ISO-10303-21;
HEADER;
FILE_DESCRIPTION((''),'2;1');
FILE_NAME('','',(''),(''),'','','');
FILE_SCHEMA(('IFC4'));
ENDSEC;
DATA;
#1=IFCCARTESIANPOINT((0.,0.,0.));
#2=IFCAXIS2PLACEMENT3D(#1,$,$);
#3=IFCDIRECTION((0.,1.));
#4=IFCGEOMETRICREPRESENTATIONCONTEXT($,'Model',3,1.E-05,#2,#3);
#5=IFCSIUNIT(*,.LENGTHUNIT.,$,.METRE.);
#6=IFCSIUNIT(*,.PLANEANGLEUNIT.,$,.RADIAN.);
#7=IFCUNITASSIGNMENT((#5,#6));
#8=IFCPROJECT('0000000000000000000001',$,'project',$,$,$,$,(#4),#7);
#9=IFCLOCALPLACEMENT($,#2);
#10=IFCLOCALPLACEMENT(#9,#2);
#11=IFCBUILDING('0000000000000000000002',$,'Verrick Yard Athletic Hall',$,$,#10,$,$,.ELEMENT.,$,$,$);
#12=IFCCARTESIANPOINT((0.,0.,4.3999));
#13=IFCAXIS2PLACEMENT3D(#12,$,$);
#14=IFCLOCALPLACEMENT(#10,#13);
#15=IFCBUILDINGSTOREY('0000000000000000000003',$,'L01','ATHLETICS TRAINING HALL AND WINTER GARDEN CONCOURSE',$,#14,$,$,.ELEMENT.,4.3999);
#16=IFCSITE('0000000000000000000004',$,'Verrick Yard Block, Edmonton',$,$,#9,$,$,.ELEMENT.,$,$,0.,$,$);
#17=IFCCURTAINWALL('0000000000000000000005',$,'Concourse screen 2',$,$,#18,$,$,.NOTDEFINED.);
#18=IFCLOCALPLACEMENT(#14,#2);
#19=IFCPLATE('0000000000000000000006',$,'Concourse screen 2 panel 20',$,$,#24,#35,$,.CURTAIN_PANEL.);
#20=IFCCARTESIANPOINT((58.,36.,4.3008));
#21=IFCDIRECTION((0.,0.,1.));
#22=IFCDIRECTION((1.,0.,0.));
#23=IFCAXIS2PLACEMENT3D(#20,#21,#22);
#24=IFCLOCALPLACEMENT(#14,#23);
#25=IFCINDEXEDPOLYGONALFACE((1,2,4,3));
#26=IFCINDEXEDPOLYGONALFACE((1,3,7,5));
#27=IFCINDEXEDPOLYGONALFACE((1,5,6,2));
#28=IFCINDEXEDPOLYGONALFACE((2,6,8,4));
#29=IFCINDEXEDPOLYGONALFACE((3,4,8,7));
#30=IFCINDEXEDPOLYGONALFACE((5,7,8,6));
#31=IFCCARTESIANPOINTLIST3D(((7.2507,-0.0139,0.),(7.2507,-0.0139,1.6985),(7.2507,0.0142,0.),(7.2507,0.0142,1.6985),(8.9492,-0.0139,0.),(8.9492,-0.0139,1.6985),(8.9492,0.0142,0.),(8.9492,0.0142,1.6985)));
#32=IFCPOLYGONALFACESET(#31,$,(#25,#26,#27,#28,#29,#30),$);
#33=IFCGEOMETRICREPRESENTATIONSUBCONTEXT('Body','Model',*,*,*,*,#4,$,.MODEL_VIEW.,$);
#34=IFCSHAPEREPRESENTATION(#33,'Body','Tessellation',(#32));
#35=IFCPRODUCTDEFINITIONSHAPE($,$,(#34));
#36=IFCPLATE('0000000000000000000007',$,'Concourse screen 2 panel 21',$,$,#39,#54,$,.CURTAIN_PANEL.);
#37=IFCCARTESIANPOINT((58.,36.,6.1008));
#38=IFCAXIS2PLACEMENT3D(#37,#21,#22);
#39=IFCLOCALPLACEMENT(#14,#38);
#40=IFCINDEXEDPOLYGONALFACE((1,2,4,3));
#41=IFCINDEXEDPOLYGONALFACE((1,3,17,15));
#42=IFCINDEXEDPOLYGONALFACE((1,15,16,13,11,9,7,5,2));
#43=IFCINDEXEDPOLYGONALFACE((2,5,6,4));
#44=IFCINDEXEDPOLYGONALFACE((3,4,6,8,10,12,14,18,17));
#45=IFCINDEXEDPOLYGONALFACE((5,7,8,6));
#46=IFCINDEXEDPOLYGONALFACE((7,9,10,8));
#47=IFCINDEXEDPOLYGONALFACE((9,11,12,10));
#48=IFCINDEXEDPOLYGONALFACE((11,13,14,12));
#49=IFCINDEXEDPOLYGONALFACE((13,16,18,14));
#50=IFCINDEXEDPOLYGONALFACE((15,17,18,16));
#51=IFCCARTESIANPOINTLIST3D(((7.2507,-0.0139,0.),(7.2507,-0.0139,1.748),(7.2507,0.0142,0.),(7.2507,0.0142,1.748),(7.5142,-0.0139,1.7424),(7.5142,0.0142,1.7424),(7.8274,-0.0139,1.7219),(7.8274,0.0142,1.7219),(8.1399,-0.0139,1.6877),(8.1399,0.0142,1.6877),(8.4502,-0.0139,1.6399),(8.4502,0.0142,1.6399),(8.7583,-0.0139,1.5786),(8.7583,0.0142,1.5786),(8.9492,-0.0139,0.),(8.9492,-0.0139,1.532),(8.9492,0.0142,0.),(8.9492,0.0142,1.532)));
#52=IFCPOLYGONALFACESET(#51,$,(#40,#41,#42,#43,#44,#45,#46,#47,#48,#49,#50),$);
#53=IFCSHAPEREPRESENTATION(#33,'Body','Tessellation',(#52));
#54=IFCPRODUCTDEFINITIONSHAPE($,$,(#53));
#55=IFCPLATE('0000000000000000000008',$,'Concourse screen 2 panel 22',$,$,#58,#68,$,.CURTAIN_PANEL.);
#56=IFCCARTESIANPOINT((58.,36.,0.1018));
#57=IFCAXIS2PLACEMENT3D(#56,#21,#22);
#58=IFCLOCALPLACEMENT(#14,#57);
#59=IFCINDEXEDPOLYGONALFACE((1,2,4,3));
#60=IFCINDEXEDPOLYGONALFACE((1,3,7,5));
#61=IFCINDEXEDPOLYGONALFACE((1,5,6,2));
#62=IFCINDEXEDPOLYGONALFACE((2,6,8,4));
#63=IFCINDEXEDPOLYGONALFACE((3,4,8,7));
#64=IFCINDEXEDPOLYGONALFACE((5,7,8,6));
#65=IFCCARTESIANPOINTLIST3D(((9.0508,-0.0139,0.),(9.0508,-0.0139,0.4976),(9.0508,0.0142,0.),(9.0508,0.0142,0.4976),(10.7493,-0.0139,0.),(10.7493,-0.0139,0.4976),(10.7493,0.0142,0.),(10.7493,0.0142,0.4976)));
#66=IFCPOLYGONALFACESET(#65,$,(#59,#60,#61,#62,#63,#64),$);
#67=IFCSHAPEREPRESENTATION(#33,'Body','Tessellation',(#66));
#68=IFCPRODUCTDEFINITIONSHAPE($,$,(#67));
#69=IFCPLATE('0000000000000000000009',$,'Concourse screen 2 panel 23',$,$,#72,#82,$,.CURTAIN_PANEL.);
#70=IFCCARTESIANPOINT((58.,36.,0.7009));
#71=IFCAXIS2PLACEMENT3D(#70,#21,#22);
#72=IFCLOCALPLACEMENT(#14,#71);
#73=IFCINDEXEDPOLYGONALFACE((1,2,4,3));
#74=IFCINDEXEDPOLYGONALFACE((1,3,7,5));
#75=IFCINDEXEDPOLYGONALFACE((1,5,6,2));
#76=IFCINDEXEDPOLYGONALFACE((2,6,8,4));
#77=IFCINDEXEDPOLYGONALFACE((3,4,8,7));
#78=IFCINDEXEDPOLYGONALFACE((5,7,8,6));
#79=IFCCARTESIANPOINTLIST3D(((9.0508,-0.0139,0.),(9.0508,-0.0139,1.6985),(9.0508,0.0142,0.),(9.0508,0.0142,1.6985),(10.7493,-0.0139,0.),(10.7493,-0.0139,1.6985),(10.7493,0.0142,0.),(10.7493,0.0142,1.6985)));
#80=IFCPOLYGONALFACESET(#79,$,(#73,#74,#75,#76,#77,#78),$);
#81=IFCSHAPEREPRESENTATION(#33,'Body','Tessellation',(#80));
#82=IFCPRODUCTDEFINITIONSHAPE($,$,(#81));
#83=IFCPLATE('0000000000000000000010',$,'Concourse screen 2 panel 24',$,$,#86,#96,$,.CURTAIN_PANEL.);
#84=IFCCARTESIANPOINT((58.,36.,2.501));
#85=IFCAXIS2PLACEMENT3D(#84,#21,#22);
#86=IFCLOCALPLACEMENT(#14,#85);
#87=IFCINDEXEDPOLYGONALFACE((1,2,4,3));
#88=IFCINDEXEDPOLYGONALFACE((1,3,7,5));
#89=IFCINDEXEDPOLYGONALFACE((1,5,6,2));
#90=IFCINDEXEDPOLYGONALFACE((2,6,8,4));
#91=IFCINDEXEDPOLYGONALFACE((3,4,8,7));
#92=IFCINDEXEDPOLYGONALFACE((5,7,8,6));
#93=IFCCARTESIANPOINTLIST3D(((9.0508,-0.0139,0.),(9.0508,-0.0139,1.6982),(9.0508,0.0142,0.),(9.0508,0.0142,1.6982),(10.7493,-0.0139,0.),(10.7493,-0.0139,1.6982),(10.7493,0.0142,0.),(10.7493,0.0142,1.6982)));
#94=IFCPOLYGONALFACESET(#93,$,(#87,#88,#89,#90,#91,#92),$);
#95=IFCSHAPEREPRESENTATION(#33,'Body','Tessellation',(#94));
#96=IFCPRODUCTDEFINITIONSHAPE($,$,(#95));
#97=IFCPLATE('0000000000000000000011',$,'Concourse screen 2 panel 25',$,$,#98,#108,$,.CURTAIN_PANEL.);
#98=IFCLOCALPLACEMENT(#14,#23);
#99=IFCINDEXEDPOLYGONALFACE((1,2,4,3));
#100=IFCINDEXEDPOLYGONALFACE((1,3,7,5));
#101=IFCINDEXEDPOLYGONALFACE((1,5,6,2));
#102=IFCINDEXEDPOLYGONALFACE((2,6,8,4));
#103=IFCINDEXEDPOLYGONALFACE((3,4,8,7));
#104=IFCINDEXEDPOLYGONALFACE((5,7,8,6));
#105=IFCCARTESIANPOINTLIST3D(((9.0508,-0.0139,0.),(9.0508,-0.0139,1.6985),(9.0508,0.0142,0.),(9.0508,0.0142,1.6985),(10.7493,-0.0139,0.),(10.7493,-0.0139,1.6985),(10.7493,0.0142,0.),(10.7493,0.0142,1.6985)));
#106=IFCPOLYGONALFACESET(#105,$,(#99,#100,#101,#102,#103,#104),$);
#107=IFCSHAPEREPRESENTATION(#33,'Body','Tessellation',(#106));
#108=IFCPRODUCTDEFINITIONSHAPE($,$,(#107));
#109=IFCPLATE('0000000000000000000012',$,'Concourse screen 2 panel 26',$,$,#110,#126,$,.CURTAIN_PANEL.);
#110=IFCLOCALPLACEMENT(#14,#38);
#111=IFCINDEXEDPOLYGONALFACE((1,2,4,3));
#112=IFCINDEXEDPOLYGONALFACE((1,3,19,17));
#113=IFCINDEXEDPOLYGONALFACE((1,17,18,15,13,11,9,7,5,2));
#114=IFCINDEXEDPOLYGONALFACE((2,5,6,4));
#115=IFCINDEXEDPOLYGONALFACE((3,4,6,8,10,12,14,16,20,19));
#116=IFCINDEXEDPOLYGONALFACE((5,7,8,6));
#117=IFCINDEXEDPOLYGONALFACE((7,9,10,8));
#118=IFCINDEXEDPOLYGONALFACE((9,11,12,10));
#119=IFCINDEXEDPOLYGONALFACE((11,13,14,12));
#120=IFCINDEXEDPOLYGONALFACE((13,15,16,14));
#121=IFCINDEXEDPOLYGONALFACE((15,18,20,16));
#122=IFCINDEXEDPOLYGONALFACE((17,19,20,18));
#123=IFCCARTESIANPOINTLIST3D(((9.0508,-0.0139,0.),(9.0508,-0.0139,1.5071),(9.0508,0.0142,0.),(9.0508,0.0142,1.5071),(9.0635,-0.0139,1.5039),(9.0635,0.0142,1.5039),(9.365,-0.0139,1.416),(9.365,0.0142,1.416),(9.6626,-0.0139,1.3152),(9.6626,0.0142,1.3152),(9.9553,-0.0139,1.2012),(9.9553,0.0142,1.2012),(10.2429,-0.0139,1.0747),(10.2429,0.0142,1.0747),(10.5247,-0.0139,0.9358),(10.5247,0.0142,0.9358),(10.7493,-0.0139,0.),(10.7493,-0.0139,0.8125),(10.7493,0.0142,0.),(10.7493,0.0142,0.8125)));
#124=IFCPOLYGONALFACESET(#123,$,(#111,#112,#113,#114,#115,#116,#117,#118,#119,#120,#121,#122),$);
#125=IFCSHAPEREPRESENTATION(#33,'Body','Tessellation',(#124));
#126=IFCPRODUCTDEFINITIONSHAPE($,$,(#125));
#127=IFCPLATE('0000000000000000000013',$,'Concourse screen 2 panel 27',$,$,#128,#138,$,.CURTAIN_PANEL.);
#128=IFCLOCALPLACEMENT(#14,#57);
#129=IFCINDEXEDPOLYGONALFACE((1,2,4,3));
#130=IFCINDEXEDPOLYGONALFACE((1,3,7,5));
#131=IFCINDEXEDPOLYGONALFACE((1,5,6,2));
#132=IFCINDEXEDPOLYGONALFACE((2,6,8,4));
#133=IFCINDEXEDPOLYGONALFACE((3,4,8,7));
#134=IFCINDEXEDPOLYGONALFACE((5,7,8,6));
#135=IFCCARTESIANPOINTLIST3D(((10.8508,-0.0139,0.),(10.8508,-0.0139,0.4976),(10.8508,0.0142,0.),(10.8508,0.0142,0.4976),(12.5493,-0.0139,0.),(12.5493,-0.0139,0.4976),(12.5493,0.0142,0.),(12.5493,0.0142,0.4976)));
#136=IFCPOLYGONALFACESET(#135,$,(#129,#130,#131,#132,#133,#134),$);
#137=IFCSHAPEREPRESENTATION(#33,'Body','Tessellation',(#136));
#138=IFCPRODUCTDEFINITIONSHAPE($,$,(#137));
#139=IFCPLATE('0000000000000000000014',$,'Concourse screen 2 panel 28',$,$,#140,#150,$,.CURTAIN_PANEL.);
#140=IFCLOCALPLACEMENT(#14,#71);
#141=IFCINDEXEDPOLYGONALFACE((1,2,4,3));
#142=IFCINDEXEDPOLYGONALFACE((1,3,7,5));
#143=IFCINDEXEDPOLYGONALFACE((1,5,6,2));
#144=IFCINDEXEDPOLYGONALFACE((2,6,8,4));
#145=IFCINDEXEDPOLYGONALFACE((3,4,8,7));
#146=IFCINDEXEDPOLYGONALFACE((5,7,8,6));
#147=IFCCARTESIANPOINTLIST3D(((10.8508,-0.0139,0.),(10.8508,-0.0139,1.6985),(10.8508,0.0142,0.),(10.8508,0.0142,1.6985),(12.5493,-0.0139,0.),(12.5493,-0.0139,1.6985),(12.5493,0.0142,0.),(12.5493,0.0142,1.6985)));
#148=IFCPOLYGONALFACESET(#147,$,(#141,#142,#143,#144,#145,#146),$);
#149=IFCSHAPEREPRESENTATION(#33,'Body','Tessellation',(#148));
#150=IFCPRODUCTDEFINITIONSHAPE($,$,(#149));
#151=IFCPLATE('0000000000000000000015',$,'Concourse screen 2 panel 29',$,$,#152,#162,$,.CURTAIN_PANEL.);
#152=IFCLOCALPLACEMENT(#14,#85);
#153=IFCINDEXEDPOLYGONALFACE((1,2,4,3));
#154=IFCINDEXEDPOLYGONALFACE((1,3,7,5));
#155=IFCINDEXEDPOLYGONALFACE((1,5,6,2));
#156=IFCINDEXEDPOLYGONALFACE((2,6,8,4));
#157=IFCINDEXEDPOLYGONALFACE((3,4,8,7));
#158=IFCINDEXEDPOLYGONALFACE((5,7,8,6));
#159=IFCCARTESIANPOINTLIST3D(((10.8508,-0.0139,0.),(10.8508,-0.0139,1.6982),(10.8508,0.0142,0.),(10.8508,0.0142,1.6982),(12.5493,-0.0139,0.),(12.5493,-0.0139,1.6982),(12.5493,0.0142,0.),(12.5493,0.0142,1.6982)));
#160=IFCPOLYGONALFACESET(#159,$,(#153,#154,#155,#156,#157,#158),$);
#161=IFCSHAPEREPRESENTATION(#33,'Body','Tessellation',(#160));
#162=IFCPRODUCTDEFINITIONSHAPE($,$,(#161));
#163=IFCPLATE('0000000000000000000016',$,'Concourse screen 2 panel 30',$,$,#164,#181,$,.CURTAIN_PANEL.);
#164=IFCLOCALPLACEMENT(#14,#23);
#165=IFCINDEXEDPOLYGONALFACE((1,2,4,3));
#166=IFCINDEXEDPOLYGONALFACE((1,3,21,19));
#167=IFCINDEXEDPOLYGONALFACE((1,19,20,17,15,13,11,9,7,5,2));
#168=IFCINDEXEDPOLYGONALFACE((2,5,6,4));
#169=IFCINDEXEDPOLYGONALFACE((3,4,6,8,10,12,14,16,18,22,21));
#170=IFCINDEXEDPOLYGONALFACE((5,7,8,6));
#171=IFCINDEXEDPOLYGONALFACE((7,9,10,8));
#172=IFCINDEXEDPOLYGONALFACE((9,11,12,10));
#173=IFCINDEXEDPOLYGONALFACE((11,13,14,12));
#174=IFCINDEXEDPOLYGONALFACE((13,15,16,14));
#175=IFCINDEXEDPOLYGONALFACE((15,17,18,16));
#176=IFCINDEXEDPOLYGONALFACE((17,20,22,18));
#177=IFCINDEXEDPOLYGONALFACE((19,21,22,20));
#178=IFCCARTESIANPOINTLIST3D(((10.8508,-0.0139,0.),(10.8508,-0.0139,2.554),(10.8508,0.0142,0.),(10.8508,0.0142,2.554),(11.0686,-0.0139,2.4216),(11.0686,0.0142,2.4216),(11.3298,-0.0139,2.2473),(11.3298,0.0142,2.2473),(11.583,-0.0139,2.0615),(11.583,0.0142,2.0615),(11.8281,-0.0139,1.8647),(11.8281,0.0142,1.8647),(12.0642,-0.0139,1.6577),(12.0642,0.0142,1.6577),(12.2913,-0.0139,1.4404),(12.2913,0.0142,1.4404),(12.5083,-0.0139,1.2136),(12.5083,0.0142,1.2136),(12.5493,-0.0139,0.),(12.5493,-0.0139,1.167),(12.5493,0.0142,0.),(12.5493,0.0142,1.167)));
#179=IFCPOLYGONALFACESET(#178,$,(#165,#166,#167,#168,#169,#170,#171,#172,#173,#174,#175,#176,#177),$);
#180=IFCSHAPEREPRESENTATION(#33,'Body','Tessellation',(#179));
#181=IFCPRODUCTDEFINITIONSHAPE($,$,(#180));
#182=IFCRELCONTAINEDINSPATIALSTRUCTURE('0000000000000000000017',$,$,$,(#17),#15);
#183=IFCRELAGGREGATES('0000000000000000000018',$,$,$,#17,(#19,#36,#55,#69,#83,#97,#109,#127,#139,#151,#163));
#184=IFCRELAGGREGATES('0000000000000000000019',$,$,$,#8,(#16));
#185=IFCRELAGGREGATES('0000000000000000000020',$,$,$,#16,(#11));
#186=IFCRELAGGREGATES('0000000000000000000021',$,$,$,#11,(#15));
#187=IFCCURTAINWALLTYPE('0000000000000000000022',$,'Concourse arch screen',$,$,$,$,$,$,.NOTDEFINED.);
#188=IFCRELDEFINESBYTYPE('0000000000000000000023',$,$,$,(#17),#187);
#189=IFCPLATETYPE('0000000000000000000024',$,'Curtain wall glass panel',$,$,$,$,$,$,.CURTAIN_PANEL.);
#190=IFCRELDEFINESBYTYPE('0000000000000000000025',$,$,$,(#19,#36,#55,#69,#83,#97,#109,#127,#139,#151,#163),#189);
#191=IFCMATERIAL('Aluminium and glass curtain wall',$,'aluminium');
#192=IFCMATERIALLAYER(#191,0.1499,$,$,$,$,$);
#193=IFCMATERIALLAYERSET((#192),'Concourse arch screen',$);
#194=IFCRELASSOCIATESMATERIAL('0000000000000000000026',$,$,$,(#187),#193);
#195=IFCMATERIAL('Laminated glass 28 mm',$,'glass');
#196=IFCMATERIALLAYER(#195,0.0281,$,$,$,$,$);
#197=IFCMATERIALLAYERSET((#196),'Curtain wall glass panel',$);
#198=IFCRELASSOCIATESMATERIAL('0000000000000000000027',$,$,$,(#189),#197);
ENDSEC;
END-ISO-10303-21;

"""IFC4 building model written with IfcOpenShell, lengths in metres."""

from ifc_helpers import new_model, si_unit, direction, frame, origin, place, context, subcontext, project, spatial, polyline, outline, extrude, material, layer, layer_set, type_object, element, aggregate, save


model = new_model("IFC4")

# Units and contexts
model_context = context("Model", 3, precision=1e-05, world=origin(), true_north=direction((0.0, 1.0)))
body_context = subcontext(model_context, "Body", "Model", "MODEL_VIEW")
ifc_project = project(units=[si_unit("LENGTHUNIT", "METRE"), si_unit("PLANEANGLEUNIT", "RADIAN")], contexts=[model_context])

# Site, building, storey
site_placement = place(None, origin())
site = spatial("IfcSite", under=ifc_project, at=site_placement, Name="Verrick Yard Block, Edmonton", CompositionType="ELEMENT", RefElevation=0.0)
building_placement = place(site_placement, origin())
building = spatial("IfcBuilding", under=site, at=building_placement, Name="Verrick Yard Athletic Hall", CompositionType="ELEMENT")
storey_placement = place(building_placement, frame((0.0, 0.0, 4.3999)))
storey = spatial("IfcBuildingStorey", under=building, at=storey_placement, Name="L01", Description="ATHLETICS TRAINING HALL AND WINTER GARDEN CONCOURSE", CompositionType="ELEMENT", Elevation=4.3999)

# Curtain wall, plates
ifc_material_1 = material(Name="Aluminium and glass curtain wall", Category="aluminium")
ifc_layer_1 = layer(ifc_material_1, 0.1499)
ifc_layer_set_1 = layer_set([ifc_layer_1], Name="Concourse arch screen")
curtain_wall_type = type_object("IfcCurtainWallType", Name="Concourse arch screen", PredefinedType="NOTDEFINED", material=ifc_layer_set_1)
curtain_wall_placement = place(storey_placement, origin())
curtain_wall = element("IfcCurtainWall", 1, at=curtain_wall_placement, inside=storey, type_object=curtain_wall_type, Name="Concourse screen 2", PredefinedType="NOTDEFINED")
ifc_material_2 = material(Name="Laminated glass 28 mm", Category="glass")
ifc_layer_2 = layer(ifc_material_2, 0.0281)
ifc_layer_set_2 = layer_set([ifc_layer_2], Name="Curtain wall glass panel")
plate_type = type_object("IfcPlateType", Name="Curtain wall glass panel", PredefinedType="CURTAIN_PANEL", material=ifc_layer_set_2)
plate_1_placement = place(storey_placement, frame((58.0, 36.0, 4.3008), z_axis=(0.0, 0.0, 1.0), x_axis=(1.0, 0.0, 0.0)))
plate_1 = element("IfcPlate", 2, at=plate_1_placement, type_object=plate_type, Name="Concourse screen 2 panel 20", PredefinedType="CURTAIN_PANEL", context=body_context, shape_type="SweptSolid", body=[
    extrude(outline(polyline([(8.9492, 0.0), (8.9492, 1.6985), (7.2507, 1.6985), (7.2507, 0.0), (8.9492, 0.0)])), frame((0.0, 0.0142, 0.0), z_axis=(0.0, -1.0, 0.0), x_axis=(1.0, 0.0, 0.0)), (0.0, 0.0, 1.0), 0.0281),
])
plate_2_placement = place(storey_placement, frame((58.0, 36.0, 6.1008), z_axis=(0.0, 0.0, 1.0), x_axis=(1.0, 0.0, 0.0)))
plate_2 = element("IfcPlate", 3, at=plate_2_placement, type_object=plate_type, Name="Concourse screen 2 panel 21", PredefinedType="CURTAIN_PANEL", context=body_context, shape_type="SweptSolid", body=[
    extrude(outline(polyline([(8.9492, 1.532), (8.7583, 1.5786), (8.4502, 1.6399), (8.1399, 1.6877), (7.8274, 1.7219), (7.5142, 1.7424), (7.2507, 1.748), (7.2507, 0.0), (8.9492, 0.0), (8.9492, 1.532)])), frame((0.0, 0.0142, 0.0), z_axis=(0.0, -1.0, 0.0), x_axis=(1.0, 0.0, 0.0)), (0.0, 0.0, 1.0), 0.0281),
])
plate_3_placement = place(storey_placement, frame((58.0, 36.0, 0.1018), z_axis=(0.0, 0.0, 1.0), x_axis=(1.0, 0.0, 0.0)))
plate_3 = element("IfcPlate", 4, at=plate_3_placement, type_object=plate_type, Name="Concourse screen 2 panel 22", PredefinedType="CURTAIN_PANEL", context=body_context, shape_type="SweptSolid", body=[
    extrude(outline(polyline([(10.7493, 0.0), (10.7493, 0.4976), (9.0508, 0.4976), (9.0508, 0.0), (10.7493, 0.0)])), frame((0.0, 0.0142, 0.0), z_axis=(0.0, -1.0, 0.0), x_axis=(1.0, 0.0, 0.0)), (0.0, 0.0, 1.0), 0.0281),
])
plate_4_placement = place(storey_placement, frame((58.0, 36.0, 0.7009), z_axis=(0.0, 0.0, 1.0), x_axis=(1.0, 0.0, 0.0)))
plate_4 = element("IfcPlate", 5, at=plate_4_placement, type_object=plate_type, Name="Concourse screen 2 panel 23", PredefinedType="CURTAIN_PANEL", context=body_context, shape_type="SweptSolid", body=[
    extrude(outline(polyline([(10.7493, 0.0), (10.7493, 1.6985), (9.0508, 1.6985), (9.0508, 0.0), (10.7493, 0.0)])), frame((0.0, 0.0142, 0.0), z_axis=(0.0, -1.0, 0.0), x_axis=(1.0, 0.0, 0.0)), (0.0, 0.0, 1.0), 0.0281),
])
plate_5_placement = place(storey_placement, frame((58.0, 36.0, 2.501), z_axis=(0.0, 0.0, 1.0), x_axis=(1.0, 0.0, 0.0)))
plate_5 = element("IfcPlate", 6, at=plate_5_placement, type_object=plate_type, Name="Concourse screen 2 panel 24", PredefinedType="CURTAIN_PANEL", context=body_context, shape_type="SweptSolid", body=[
    extrude(outline(polyline([(10.7493, 0.0), (10.7493, 1.6982), (9.0508, 1.6982), (9.0508, 0.0), (10.7493, 0.0)])), frame((0.0, 0.0142, 0.0), z_axis=(0.0, -1.0, 0.0), x_axis=(1.0, 0.0, 0.0)), (0.0, 0.0, 1.0), 0.0281),
])
plate_6_placement = place(storey_placement, frame((58.0, 36.0, 4.3008), z_axis=(0.0, 0.0, 1.0), x_axis=(1.0, 0.0, 0.0)))
plate_6 = element("IfcPlate", 7, at=plate_6_placement, type_object=plate_type, Name="Concourse screen 2 panel 25", PredefinedType="CURTAIN_PANEL", context=body_context, shape_type="SweptSolid", body=[
    extrude(outline(polyline([(10.7493, 0.0), (10.7493, 1.6985), (9.0508, 1.6985), (9.0508, 0.0), (10.7493, 0.0)])), frame((0.0, 0.0142, 0.0), z_axis=(0.0, -1.0, 0.0), x_axis=(1.0, 0.0, 0.0)), (0.0, 0.0, 1.0), 0.0281),
])
plate_7_placement = place(storey_placement, frame((58.0, 36.0, 6.1008), z_axis=(0.0, 0.0, 1.0), x_axis=(1.0, 0.0, 0.0)))
plate_7 = element("IfcPlate", 8, at=plate_7_placement, type_object=plate_type, Name="Concourse screen 2 panel 26", PredefinedType="CURTAIN_PANEL", context=body_context, shape_type="SweptSolid", body=[
    extrude(outline(polyline([(10.7493, 0.8125), (10.5247, 0.9358), (10.2429, 1.0747), (9.9553, 1.2012), (9.6626, 1.3152), (9.365, 1.416), (9.0635, 1.5039), (9.0508, 1.5071), (9.0508, 0.0), (10.7493, 0.0), (10.7493, 0.8125)])), frame((0.0, 0.0142, 0.0), z_axis=(0.0, -1.0, 0.0), x_axis=(1.0, 0.0, 0.0)), (0.0, 0.0, 1.0), 0.0281),
])
plate_8_placement = place(storey_placement, frame((58.0, 36.0, 0.1018), z_axis=(0.0, 0.0, 1.0), x_axis=(1.0, 0.0, 0.0)))
plate_8 = element("IfcPlate", 9, at=plate_8_placement, type_object=plate_type, Name="Concourse screen 2 panel 27", PredefinedType="CURTAIN_PANEL", context=body_context, shape_type="SweptSolid", body=[
    extrude(outline(polyline([(12.5493, 0.0), (12.5493, 0.4976), (10.8508, 0.4976), (10.8508, 0.0), (12.5493, 0.0)])), frame((0.0, 0.0142, 0.0), z_axis=(0.0, -1.0, 0.0), x_axis=(1.0, 0.0, 0.0)), (0.0, 0.0, 1.0), 0.0281),
])
plate_9_placement = place(storey_placement, frame((58.0, 36.0, 0.7009), z_axis=(0.0, 0.0, 1.0), x_axis=(1.0, 0.0, 0.0)))
plate_9 = element("IfcPlate", 10, at=plate_9_placement, type_object=plate_type, Name="Concourse screen 2 panel 28", PredefinedType="CURTAIN_PANEL", context=body_context, shape_type="SweptSolid", body=[
    extrude(outline(polyline([(12.5493, 0.0), (12.5493, 1.6985), (10.8508, 1.6985), (10.8508, 0.0), (12.5493, 0.0)])), frame((0.0, 0.0142, 0.0), z_axis=(0.0, -1.0, 0.0), x_axis=(1.0, 0.0, 0.0)), (0.0, 0.0, 1.0), 0.0281),
])
plate_10_placement = place(storey_placement, frame((58.0, 36.0, 2.501), z_axis=(0.0, 0.0, 1.0), x_axis=(1.0, 0.0, 0.0)))
plate_10 = element("IfcPlate", 11, at=plate_10_placement, type_object=plate_type, Name="Concourse screen 2 panel 29", PredefinedType="CURTAIN_PANEL", context=body_context, shape_type="SweptSolid", body=[
    extrude(outline(polyline([(12.5493, 0.0), (12.5493, 1.6982), (10.8508, 1.6982), (10.8508, 0.0), (12.5493, 0.0)])), frame((0.0, 0.0142, 0.0), z_axis=(0.0, -1.0, 0.0), x_axis=(1.0, 0.0, 0.0)), (0.0, 0.0, 1.0), 0.0281),
])
plate_11_placement = place(storey_placement, frame((58.0, 36.0, 4.3008), z_axis=(0.0, 0.0, 1.0), x_axis=(1.0, 0.0, 0.0)))
plate_11 = element("IfcPlate", 12, at=plate_11_placement, type_object=plate_type, Name="Concourse screen 2 panel 30", PredefinedType="CURTAIN_PANEL", context=body_context, shape_type="SweptSolid", body=[
    extrude(outline(polyline([(12.5493, 1.167), (12.5083, 1.2136), (12.2913, 1.4404), (12.0642, 1.6577), (11.8281, 1.8647), (11.583, 2.0615), (11.3298, 2.2473), (11.0686, 2.4216), (10.8508, 2.554), (10.8508, 0.0), (12.5493, 0.0), (12.5493, 1.167)])), frame((0.0, 0.0142, 0.0), z_axis=(0.0, -1.0, 0.0), x_axis=(1.0, 0.0, 0.0)), (0.0, 0.0, 1.0), 0.0281),
])
aggregate(curtain_wall, [plate_1, plate_2, plate_3, plate_4, plate_5, plate_6, plate_7, plate_8, plate_9, plate_10, plate_11])

save(model, "model.ifc")
